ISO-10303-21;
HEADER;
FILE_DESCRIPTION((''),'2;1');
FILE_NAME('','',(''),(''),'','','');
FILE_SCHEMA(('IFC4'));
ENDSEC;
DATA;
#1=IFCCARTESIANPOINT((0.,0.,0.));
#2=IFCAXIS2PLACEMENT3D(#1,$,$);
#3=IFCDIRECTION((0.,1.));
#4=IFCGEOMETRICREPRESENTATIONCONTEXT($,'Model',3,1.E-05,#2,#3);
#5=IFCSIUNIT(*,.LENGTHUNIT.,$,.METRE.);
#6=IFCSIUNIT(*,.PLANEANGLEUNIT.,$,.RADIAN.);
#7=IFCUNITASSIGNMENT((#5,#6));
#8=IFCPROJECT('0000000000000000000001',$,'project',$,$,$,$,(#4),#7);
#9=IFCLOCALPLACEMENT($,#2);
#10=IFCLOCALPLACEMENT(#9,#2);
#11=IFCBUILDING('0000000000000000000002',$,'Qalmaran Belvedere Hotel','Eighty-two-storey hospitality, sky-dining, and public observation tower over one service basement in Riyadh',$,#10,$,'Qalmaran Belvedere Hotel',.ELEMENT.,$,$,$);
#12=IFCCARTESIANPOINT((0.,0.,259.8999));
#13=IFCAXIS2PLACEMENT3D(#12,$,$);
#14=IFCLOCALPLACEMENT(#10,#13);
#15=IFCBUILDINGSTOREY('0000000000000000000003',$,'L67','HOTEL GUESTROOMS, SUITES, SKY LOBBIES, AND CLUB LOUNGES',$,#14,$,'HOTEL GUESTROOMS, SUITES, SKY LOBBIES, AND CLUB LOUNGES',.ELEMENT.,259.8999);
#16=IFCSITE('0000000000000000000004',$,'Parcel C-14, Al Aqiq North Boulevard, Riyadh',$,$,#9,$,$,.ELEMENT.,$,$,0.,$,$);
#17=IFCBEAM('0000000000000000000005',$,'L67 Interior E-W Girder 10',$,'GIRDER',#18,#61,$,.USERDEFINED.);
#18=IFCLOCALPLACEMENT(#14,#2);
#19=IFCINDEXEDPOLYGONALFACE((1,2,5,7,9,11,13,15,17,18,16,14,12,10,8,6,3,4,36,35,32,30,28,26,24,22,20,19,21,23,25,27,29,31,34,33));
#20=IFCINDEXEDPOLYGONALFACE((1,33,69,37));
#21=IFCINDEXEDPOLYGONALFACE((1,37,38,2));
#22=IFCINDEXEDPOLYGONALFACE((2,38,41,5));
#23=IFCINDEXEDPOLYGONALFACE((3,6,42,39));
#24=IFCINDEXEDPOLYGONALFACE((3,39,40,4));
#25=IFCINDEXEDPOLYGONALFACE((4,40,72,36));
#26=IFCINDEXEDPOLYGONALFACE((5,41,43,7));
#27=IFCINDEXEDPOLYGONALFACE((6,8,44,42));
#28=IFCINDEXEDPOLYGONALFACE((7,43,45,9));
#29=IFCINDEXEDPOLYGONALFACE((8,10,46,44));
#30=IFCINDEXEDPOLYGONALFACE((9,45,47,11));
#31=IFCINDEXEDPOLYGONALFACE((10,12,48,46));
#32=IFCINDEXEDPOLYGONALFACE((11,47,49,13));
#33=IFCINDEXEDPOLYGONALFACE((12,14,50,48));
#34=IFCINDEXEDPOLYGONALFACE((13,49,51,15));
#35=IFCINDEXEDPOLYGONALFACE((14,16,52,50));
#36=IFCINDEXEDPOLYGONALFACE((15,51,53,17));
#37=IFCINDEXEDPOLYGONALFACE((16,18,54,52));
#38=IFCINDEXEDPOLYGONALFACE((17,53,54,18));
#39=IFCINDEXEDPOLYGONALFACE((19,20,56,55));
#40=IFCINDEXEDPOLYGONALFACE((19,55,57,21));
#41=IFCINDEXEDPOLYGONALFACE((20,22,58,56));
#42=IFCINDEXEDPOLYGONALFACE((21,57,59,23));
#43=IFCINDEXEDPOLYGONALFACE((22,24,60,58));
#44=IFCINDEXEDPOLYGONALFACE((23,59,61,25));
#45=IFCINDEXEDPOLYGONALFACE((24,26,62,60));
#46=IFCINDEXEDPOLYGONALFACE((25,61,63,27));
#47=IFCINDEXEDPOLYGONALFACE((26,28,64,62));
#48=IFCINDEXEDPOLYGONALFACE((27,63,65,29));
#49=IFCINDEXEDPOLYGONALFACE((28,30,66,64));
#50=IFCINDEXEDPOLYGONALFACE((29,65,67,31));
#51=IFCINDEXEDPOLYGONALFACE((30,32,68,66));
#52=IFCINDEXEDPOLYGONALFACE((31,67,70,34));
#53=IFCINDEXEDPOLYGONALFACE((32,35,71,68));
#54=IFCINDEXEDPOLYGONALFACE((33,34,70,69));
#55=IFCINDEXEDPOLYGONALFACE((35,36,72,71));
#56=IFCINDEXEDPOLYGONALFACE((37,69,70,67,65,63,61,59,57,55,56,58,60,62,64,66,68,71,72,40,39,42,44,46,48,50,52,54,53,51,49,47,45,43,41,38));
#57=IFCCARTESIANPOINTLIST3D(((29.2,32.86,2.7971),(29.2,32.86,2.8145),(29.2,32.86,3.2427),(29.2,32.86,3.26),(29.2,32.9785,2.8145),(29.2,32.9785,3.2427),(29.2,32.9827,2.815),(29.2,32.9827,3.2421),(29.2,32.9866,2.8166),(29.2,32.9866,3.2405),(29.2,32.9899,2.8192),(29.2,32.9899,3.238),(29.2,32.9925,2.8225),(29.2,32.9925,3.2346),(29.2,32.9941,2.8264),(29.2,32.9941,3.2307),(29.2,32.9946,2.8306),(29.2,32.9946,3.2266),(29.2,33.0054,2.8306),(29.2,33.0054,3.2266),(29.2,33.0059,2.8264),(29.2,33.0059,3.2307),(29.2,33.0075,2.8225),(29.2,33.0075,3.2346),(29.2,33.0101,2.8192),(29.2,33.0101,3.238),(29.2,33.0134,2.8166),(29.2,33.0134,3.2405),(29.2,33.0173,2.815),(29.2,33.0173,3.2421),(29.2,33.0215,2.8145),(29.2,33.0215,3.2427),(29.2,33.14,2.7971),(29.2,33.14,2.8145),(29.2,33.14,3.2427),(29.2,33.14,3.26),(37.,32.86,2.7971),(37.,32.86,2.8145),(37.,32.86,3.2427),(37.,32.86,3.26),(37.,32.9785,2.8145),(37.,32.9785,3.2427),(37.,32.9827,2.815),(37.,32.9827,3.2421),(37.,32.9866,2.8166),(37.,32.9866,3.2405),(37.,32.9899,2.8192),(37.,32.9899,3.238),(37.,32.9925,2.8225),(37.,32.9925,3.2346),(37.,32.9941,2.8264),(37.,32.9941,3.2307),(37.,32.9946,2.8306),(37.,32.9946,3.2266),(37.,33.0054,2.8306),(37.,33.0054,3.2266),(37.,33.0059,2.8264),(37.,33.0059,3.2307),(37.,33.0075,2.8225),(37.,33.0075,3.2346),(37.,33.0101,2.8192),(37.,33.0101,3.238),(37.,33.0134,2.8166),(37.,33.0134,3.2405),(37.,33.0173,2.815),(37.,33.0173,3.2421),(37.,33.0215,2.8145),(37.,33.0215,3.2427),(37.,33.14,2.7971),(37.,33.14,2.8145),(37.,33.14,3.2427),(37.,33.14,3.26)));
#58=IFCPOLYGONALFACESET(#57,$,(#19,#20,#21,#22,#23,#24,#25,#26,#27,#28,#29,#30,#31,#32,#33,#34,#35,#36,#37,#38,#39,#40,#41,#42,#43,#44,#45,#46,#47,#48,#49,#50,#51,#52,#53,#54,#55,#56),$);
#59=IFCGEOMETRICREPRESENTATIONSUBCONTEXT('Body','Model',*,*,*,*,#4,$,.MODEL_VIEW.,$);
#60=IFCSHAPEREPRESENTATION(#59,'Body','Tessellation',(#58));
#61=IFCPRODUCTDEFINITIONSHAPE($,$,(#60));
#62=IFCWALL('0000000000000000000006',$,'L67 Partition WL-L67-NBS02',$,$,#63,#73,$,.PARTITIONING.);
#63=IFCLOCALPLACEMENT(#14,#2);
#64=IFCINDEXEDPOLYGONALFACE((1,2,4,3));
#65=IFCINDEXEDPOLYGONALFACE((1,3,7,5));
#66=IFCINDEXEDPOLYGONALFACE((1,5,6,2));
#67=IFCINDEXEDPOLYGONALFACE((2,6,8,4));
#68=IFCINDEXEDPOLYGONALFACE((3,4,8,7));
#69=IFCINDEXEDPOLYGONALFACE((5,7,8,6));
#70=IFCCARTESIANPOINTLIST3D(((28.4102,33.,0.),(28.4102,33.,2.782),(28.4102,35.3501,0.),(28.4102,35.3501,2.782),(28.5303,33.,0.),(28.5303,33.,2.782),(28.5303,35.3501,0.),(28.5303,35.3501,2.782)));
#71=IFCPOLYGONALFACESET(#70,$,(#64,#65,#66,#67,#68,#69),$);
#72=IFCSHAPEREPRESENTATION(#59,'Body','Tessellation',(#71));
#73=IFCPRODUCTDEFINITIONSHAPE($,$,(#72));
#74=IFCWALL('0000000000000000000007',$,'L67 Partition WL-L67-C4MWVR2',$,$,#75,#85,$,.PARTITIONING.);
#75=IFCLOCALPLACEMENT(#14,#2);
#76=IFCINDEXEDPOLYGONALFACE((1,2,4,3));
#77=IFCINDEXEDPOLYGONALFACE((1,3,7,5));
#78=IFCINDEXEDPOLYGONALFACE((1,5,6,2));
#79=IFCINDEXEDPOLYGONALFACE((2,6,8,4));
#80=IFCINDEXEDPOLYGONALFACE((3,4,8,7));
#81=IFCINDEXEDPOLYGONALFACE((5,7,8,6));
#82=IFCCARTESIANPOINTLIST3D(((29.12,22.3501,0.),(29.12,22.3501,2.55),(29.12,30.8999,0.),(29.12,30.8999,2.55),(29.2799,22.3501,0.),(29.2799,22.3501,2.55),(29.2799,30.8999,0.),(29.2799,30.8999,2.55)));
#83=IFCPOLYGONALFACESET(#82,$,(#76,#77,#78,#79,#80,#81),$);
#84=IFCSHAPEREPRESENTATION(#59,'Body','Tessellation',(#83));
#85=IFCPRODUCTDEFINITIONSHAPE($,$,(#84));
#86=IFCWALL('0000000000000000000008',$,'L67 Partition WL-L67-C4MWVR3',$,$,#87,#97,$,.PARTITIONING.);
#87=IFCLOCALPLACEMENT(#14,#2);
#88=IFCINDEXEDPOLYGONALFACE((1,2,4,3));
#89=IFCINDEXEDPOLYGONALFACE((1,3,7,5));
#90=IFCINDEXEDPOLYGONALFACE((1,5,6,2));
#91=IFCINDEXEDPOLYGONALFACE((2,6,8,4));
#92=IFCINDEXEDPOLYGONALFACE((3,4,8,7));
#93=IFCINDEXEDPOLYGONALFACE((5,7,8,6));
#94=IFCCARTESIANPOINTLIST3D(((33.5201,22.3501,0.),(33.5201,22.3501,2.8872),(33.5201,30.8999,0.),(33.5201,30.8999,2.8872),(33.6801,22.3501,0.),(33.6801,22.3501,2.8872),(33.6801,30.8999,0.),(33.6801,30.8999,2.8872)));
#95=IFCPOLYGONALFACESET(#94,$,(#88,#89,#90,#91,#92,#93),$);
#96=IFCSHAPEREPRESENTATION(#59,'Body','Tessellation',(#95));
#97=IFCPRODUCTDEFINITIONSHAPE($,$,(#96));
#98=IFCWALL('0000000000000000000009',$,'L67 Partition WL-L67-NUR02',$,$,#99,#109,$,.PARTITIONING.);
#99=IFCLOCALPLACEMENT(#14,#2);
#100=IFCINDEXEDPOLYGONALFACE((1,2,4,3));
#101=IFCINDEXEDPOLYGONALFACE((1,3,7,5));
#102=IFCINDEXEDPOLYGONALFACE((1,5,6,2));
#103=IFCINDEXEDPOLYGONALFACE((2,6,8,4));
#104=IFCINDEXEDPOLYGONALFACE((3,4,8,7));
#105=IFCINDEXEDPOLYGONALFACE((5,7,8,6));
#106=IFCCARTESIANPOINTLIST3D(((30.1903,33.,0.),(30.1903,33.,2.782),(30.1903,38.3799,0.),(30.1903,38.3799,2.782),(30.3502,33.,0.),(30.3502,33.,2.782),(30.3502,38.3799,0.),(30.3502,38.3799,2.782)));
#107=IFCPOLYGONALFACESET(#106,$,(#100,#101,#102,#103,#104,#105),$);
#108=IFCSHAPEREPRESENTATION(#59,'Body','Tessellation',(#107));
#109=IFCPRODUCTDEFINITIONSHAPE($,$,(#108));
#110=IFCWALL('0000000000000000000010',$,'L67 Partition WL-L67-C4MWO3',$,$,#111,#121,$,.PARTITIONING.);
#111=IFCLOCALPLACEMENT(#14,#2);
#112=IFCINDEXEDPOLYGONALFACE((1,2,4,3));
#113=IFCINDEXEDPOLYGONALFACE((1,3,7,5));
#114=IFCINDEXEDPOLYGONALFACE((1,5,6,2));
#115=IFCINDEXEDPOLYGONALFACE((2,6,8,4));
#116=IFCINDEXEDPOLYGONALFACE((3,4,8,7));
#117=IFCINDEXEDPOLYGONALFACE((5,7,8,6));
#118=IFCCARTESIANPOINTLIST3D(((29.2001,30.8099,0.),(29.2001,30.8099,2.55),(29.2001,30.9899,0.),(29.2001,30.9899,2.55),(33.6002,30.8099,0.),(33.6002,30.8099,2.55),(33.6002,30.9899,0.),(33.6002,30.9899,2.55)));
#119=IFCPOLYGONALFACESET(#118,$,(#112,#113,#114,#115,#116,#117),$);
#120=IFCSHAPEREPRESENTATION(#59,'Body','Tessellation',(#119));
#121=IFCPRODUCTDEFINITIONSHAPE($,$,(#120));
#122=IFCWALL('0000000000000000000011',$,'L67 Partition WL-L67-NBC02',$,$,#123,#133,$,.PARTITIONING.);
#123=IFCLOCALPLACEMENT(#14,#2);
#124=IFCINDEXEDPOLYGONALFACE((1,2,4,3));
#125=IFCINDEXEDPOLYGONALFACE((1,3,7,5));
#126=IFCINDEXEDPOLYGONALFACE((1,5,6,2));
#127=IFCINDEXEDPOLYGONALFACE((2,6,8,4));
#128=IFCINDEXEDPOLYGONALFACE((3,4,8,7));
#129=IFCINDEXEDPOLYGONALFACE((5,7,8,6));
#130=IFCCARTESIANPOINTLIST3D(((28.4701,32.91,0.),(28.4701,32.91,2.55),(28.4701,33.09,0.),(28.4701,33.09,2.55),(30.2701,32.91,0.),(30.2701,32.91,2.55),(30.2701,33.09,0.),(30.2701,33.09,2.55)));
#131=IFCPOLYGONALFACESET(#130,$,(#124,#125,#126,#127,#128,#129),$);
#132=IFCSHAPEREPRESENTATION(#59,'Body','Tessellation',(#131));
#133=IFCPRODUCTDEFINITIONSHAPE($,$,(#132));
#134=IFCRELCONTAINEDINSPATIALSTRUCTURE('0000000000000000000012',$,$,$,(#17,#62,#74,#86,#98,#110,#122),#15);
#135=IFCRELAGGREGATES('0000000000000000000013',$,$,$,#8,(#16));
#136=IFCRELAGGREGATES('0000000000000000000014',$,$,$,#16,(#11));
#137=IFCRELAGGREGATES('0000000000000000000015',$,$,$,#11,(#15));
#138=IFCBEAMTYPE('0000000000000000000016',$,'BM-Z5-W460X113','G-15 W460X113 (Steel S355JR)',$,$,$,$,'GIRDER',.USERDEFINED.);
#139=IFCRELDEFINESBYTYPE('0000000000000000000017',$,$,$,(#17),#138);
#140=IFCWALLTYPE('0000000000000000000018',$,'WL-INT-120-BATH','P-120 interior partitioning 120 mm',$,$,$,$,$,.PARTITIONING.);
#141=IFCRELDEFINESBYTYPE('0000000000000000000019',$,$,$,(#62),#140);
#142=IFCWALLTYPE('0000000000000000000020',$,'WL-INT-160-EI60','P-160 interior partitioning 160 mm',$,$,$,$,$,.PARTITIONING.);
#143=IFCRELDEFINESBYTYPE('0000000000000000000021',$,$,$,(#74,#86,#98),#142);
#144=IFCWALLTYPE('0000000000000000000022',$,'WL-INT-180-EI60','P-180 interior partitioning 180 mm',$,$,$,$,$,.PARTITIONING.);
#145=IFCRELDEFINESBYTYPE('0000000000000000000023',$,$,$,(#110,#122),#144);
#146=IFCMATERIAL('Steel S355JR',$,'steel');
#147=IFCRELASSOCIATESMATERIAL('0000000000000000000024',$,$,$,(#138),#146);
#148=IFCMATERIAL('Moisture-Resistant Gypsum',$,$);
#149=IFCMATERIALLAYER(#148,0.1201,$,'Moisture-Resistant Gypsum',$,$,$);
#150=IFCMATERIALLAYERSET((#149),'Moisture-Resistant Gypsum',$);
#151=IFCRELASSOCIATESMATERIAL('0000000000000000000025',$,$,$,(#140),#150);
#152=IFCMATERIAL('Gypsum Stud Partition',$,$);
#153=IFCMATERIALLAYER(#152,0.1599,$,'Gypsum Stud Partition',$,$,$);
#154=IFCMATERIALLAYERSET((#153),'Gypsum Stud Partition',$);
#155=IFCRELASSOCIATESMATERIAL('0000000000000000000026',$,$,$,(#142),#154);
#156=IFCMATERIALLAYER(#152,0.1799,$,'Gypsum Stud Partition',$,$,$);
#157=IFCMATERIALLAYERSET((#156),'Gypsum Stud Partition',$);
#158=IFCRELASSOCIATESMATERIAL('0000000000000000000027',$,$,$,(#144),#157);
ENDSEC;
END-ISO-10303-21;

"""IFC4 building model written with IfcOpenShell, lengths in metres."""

from ifc_helpers import new_model, si_unit, direction, frame, frame_2d, origin, origin_2d, place, context, subcontext, project, spatial, rectangle, i_section, extrude, material, layer, layer_set, material_profile, profile_set, type_object, element, save


model = new_model("IFC4")

# Units and contexts
model_context = context("Model", 3, precision=1e-05, world=origin(), true_north=direction((0.0, 1.0)))
body_context = subcontext(model_context, "Body", "Model", "MODEL_VIEW")
ifc_project = project(units=[si_unit("LENGTHUNIT", "METRE"), si_unit("PLANEANGLEUNIT", "RADIAN")], contexts=[model_context])

# Site, building, storey
site_placement = place(None, origin())
site = spatial("IfcSite", under=ifc_project, at=site_placement, Name="Parcel C-14, Al Aqiq North Boulevard, Riyadh", CompositionType="ELEMENT", RefElevation=0.0)
building_placement = place(site_placement, origin())
building = spatial("IfcBuilding", under=site, at=building_placement, Name="Qalmaran Belvedere Hotel", Description="Eighty-two-storey hospitality, sky-dining, and public observation tower over one service basement in Riyadh", LongName="Qalmaran Belvedere Hotel", CompositionType="ELEMENT")
storey_placement = place(building_placement, frame((0.0, 0.0, 259.8999)))
storey = spatial("IfcBuildingStorey", under=building, at=storey_placement, Name="L67", Description="HOTEL GUESTROOMS, SUITES, SKY LOBBIES, AND CLUB LOUNGES", LongName="HOTEL GUESTROOMS, SUITES, SKY LOBBIES, AND CLUB LOUNGES", CompositionType="ELEMENT", Elevation=259.8999)

# Beam
ifc_material_1 = material(Name="Steel S355JR", Category="steel")
ifc_material_profile_1 = material_profile(ifc_material_1, i_section(OverallWidth=0.28, OverallDepth=0.4629, WebThickness=0.0107, FlangeThickness=0.0173, FilletRadius=0.0161, at=origin_2d()), Name="W460X113")
ifc_profile_set_1 = profile_set([ifc_material_profile_1], Name="Steel S355JR")
beam_type_1 = type_object("IfcBeamType", Name="BM-Z5-W460X113", Description="G-15 W460X113 (Steel S355JR)", ElementType="GIRDER", PredefinedType="USERDEFINED", material=ifc_profile_set_1)
beam_1_placement = place(storey_placement, frame((29.2, 33.0, 3.0286), z_axis=(1.0, 0.0, 0.0), x_axis=(0.0, 1.0, 0.0)))
element("IfcBeam", 1, at=beam_1_placement, inside=storey, type_object=beam_type_1, Name="L67 Interior E-W Girder 10", ObjectType="GIRDER", PredefinedType="USERDEFINED", context=body_context, shape_type="SweptSolid", body=[
    extrude(i_section(OverallWidth=0.28, OverallDepth=0.4629, WebThickness=0.0107, FlangeThickness=0.0173, FilletRadius=0.0161, at=origin_2d()), origin(), (0.0, 0.0, 1.0), 7.8),
])

# Wall
ifc_material_2 = material(Name="Moisture-Resistant Gypsum")
ifc_layer_1 = layer(ifc_material_2, 0.1201, Name="Moisture-Resistant Gypsum")
ifc_layer_set_1 = layer_set([ifc_layer_1], Name="Moisture-Resistant Gypsum")
wall_type_1 = type_object("IfcWallType", Name="WL-INT-120-BATH", Description="P-120 interior partitioning 120 mm", PredefinedType="PARTITIONING", material=ifc_layer_set_1)
wall_1_placement = place(storey_placement, frame((28.4702, 33.0, 0.0), z_axis=(0.0, 0.0, 1.0), x_axis=(0.0, 1.0, 0.0)))
element("IfcWall", 2, at=wall_1_placement, inside=storey, type_object=wall_type_1, Name="L67 Partition WL-L67-NBS02", PredefinedType="PARTITIONING", context=body_context, shape_type="SweptSolid", body=[
    extrude(rectangle(XDim=2.3501, YDim=0.1201, at=frame_2d((1.175, 0.0))), origin(), (0.0, 0.0, 1.0), 2.782),
])

# Shared definitions
ifc_material_3 = material(Name="Gypsum Stud Partition")

# Walls
ifc_layer_2 = layer(ifc_material_3, 0.1599, Name="Gypsum Stud Partition")
ifc_layer_set_2 = layer_set([ifc_layer_2], Name="Gypsum Stud Partition")
wall_type_2 = type_object("IfcWallType", Name="WL-INT-160-EI60", Description="P-160 interior partitioning 160 mm", PredefinedType="PARTITIONING", material=ifc_layer_set_2)
wall_2_placement = place(storey_placement, frame((29.2, 22.3501, 0.0), z_axis=(0.0, 0.0, 1.0), x_axis=(0.0, 1.0, 0.0)))
element("IfcWall", 3, at=wall_2_placement, inside=storey, type_object=wall_type_2, Name="L67 Partition WL-L67-C4MWVR2", PredefinedType="PARTITIONING", context=body_context, shape_type="SweptSolid", body=[
    extrude(rectangle(XDim=8.5498, YDim=0.1599, at=frame_2d((4.2749, 0.0))), origin(), (0.0, 0.0, 1.0), 2.55),
])
wall_3_placement = place(storey_placement, frame((33.6001, 22.3501, 0.0), z_axis=(0.0, 0.0, 1.0), x_axis=(0.0, 1.0, 0.0)))
element("IfcWall", 4, at=wall_3_placement, inside=storey, type_object=wall_type_2, Name="L67 Partition WL-L67-C4MWVR3", PredefinedType="PARTITIONING", context=body_context, shape_type="SweptSolid", body=[
    extrude(rectangle(XDim=8.5498, YDim=0.1599, at=frame_2d((4.2749, 0.0))), origin(), (0.0, 0.0, 1.0), 2.8872),
])
wall_4_placement = place(storey_placement, frame((30.2703, 33.0, 0.0), z_axis=(0.0, 0.0, 1.0), x_axis=(0.0, 1.0, 0.0)))
element("IfcWall", 5, at=wall_4_placement, inside=storey, type_object=wall_type_2, Name="L67 Partition WL-L67-NUR02", PredefinedType="PARTITIONING", context=body_context, shape_type="SweptSolid", body=[
    extrude(rectangle(XDim=5.3799, YDim=0.1599, at=frame_2d((2.6899, 0.0))), origin(), (0.0, 0.0, 1.0), 2.782),
])

# Shared definitions
ifc_layer_3 = layer(ifc_material_3, 0.1799, Name="Gypsum Stud Partition")
ifc_layer_set_3 = layer_set([ifc_layer_3], Name="Gypsum Stud Partition")
wall_type_3 = type_object("IfcWallType", Name="WL-INT-180-EI60", Description="P-180 interior partitioning 180 mm", PredefinedType="PARTITIONING", material=ifc_layer_set_3)

# Wall
wall_5_placement = place(storey_placement, frame((29.2, 30.8999, 0.0), z_axis=(0.0, 0.0, 1.0), x_axis=(1.0, 0.0, 0.0)))
element("IfcWall", 6, at=wall_5_placement, inside=storey, type_object=wall_type_3, Name="L67 Partition WL-L67-C4MWO3", PredefinedType="PARTITIONING", context=body_context, shape_type="SweptSolid", body=[
    extrude(rectangle(XDim=4.4001, YDim=0.1799, at=frame_2d((2.2002, 0.0))), origin(), (0.0, 0.0, 1.0), 2.55),
])

# Wall
wall_6_placement = place(storey_placement, frame((28.4702, 33.0, 0.0), z_axis=(0.0, 0.0, 1.0), x_axis=(1.0, 0.0, 0.0)))
element("IfcWall", 7, at=wall_6_placement, inside=storey, type_object=wall_type_3, Name="L67 Partition WL-L67-NBC02", PredefinedType="PARTITIONING", context=body_context, shape_type="SweptSolid", body=[
    extrude(rectangle(XDim=1.8, YDim=0.1799, at=frame_2d((0.8999, 0.0))), origin(), (0.0, 0.0, 1.0), 2.55),
])

save(model, "model.ifc")
